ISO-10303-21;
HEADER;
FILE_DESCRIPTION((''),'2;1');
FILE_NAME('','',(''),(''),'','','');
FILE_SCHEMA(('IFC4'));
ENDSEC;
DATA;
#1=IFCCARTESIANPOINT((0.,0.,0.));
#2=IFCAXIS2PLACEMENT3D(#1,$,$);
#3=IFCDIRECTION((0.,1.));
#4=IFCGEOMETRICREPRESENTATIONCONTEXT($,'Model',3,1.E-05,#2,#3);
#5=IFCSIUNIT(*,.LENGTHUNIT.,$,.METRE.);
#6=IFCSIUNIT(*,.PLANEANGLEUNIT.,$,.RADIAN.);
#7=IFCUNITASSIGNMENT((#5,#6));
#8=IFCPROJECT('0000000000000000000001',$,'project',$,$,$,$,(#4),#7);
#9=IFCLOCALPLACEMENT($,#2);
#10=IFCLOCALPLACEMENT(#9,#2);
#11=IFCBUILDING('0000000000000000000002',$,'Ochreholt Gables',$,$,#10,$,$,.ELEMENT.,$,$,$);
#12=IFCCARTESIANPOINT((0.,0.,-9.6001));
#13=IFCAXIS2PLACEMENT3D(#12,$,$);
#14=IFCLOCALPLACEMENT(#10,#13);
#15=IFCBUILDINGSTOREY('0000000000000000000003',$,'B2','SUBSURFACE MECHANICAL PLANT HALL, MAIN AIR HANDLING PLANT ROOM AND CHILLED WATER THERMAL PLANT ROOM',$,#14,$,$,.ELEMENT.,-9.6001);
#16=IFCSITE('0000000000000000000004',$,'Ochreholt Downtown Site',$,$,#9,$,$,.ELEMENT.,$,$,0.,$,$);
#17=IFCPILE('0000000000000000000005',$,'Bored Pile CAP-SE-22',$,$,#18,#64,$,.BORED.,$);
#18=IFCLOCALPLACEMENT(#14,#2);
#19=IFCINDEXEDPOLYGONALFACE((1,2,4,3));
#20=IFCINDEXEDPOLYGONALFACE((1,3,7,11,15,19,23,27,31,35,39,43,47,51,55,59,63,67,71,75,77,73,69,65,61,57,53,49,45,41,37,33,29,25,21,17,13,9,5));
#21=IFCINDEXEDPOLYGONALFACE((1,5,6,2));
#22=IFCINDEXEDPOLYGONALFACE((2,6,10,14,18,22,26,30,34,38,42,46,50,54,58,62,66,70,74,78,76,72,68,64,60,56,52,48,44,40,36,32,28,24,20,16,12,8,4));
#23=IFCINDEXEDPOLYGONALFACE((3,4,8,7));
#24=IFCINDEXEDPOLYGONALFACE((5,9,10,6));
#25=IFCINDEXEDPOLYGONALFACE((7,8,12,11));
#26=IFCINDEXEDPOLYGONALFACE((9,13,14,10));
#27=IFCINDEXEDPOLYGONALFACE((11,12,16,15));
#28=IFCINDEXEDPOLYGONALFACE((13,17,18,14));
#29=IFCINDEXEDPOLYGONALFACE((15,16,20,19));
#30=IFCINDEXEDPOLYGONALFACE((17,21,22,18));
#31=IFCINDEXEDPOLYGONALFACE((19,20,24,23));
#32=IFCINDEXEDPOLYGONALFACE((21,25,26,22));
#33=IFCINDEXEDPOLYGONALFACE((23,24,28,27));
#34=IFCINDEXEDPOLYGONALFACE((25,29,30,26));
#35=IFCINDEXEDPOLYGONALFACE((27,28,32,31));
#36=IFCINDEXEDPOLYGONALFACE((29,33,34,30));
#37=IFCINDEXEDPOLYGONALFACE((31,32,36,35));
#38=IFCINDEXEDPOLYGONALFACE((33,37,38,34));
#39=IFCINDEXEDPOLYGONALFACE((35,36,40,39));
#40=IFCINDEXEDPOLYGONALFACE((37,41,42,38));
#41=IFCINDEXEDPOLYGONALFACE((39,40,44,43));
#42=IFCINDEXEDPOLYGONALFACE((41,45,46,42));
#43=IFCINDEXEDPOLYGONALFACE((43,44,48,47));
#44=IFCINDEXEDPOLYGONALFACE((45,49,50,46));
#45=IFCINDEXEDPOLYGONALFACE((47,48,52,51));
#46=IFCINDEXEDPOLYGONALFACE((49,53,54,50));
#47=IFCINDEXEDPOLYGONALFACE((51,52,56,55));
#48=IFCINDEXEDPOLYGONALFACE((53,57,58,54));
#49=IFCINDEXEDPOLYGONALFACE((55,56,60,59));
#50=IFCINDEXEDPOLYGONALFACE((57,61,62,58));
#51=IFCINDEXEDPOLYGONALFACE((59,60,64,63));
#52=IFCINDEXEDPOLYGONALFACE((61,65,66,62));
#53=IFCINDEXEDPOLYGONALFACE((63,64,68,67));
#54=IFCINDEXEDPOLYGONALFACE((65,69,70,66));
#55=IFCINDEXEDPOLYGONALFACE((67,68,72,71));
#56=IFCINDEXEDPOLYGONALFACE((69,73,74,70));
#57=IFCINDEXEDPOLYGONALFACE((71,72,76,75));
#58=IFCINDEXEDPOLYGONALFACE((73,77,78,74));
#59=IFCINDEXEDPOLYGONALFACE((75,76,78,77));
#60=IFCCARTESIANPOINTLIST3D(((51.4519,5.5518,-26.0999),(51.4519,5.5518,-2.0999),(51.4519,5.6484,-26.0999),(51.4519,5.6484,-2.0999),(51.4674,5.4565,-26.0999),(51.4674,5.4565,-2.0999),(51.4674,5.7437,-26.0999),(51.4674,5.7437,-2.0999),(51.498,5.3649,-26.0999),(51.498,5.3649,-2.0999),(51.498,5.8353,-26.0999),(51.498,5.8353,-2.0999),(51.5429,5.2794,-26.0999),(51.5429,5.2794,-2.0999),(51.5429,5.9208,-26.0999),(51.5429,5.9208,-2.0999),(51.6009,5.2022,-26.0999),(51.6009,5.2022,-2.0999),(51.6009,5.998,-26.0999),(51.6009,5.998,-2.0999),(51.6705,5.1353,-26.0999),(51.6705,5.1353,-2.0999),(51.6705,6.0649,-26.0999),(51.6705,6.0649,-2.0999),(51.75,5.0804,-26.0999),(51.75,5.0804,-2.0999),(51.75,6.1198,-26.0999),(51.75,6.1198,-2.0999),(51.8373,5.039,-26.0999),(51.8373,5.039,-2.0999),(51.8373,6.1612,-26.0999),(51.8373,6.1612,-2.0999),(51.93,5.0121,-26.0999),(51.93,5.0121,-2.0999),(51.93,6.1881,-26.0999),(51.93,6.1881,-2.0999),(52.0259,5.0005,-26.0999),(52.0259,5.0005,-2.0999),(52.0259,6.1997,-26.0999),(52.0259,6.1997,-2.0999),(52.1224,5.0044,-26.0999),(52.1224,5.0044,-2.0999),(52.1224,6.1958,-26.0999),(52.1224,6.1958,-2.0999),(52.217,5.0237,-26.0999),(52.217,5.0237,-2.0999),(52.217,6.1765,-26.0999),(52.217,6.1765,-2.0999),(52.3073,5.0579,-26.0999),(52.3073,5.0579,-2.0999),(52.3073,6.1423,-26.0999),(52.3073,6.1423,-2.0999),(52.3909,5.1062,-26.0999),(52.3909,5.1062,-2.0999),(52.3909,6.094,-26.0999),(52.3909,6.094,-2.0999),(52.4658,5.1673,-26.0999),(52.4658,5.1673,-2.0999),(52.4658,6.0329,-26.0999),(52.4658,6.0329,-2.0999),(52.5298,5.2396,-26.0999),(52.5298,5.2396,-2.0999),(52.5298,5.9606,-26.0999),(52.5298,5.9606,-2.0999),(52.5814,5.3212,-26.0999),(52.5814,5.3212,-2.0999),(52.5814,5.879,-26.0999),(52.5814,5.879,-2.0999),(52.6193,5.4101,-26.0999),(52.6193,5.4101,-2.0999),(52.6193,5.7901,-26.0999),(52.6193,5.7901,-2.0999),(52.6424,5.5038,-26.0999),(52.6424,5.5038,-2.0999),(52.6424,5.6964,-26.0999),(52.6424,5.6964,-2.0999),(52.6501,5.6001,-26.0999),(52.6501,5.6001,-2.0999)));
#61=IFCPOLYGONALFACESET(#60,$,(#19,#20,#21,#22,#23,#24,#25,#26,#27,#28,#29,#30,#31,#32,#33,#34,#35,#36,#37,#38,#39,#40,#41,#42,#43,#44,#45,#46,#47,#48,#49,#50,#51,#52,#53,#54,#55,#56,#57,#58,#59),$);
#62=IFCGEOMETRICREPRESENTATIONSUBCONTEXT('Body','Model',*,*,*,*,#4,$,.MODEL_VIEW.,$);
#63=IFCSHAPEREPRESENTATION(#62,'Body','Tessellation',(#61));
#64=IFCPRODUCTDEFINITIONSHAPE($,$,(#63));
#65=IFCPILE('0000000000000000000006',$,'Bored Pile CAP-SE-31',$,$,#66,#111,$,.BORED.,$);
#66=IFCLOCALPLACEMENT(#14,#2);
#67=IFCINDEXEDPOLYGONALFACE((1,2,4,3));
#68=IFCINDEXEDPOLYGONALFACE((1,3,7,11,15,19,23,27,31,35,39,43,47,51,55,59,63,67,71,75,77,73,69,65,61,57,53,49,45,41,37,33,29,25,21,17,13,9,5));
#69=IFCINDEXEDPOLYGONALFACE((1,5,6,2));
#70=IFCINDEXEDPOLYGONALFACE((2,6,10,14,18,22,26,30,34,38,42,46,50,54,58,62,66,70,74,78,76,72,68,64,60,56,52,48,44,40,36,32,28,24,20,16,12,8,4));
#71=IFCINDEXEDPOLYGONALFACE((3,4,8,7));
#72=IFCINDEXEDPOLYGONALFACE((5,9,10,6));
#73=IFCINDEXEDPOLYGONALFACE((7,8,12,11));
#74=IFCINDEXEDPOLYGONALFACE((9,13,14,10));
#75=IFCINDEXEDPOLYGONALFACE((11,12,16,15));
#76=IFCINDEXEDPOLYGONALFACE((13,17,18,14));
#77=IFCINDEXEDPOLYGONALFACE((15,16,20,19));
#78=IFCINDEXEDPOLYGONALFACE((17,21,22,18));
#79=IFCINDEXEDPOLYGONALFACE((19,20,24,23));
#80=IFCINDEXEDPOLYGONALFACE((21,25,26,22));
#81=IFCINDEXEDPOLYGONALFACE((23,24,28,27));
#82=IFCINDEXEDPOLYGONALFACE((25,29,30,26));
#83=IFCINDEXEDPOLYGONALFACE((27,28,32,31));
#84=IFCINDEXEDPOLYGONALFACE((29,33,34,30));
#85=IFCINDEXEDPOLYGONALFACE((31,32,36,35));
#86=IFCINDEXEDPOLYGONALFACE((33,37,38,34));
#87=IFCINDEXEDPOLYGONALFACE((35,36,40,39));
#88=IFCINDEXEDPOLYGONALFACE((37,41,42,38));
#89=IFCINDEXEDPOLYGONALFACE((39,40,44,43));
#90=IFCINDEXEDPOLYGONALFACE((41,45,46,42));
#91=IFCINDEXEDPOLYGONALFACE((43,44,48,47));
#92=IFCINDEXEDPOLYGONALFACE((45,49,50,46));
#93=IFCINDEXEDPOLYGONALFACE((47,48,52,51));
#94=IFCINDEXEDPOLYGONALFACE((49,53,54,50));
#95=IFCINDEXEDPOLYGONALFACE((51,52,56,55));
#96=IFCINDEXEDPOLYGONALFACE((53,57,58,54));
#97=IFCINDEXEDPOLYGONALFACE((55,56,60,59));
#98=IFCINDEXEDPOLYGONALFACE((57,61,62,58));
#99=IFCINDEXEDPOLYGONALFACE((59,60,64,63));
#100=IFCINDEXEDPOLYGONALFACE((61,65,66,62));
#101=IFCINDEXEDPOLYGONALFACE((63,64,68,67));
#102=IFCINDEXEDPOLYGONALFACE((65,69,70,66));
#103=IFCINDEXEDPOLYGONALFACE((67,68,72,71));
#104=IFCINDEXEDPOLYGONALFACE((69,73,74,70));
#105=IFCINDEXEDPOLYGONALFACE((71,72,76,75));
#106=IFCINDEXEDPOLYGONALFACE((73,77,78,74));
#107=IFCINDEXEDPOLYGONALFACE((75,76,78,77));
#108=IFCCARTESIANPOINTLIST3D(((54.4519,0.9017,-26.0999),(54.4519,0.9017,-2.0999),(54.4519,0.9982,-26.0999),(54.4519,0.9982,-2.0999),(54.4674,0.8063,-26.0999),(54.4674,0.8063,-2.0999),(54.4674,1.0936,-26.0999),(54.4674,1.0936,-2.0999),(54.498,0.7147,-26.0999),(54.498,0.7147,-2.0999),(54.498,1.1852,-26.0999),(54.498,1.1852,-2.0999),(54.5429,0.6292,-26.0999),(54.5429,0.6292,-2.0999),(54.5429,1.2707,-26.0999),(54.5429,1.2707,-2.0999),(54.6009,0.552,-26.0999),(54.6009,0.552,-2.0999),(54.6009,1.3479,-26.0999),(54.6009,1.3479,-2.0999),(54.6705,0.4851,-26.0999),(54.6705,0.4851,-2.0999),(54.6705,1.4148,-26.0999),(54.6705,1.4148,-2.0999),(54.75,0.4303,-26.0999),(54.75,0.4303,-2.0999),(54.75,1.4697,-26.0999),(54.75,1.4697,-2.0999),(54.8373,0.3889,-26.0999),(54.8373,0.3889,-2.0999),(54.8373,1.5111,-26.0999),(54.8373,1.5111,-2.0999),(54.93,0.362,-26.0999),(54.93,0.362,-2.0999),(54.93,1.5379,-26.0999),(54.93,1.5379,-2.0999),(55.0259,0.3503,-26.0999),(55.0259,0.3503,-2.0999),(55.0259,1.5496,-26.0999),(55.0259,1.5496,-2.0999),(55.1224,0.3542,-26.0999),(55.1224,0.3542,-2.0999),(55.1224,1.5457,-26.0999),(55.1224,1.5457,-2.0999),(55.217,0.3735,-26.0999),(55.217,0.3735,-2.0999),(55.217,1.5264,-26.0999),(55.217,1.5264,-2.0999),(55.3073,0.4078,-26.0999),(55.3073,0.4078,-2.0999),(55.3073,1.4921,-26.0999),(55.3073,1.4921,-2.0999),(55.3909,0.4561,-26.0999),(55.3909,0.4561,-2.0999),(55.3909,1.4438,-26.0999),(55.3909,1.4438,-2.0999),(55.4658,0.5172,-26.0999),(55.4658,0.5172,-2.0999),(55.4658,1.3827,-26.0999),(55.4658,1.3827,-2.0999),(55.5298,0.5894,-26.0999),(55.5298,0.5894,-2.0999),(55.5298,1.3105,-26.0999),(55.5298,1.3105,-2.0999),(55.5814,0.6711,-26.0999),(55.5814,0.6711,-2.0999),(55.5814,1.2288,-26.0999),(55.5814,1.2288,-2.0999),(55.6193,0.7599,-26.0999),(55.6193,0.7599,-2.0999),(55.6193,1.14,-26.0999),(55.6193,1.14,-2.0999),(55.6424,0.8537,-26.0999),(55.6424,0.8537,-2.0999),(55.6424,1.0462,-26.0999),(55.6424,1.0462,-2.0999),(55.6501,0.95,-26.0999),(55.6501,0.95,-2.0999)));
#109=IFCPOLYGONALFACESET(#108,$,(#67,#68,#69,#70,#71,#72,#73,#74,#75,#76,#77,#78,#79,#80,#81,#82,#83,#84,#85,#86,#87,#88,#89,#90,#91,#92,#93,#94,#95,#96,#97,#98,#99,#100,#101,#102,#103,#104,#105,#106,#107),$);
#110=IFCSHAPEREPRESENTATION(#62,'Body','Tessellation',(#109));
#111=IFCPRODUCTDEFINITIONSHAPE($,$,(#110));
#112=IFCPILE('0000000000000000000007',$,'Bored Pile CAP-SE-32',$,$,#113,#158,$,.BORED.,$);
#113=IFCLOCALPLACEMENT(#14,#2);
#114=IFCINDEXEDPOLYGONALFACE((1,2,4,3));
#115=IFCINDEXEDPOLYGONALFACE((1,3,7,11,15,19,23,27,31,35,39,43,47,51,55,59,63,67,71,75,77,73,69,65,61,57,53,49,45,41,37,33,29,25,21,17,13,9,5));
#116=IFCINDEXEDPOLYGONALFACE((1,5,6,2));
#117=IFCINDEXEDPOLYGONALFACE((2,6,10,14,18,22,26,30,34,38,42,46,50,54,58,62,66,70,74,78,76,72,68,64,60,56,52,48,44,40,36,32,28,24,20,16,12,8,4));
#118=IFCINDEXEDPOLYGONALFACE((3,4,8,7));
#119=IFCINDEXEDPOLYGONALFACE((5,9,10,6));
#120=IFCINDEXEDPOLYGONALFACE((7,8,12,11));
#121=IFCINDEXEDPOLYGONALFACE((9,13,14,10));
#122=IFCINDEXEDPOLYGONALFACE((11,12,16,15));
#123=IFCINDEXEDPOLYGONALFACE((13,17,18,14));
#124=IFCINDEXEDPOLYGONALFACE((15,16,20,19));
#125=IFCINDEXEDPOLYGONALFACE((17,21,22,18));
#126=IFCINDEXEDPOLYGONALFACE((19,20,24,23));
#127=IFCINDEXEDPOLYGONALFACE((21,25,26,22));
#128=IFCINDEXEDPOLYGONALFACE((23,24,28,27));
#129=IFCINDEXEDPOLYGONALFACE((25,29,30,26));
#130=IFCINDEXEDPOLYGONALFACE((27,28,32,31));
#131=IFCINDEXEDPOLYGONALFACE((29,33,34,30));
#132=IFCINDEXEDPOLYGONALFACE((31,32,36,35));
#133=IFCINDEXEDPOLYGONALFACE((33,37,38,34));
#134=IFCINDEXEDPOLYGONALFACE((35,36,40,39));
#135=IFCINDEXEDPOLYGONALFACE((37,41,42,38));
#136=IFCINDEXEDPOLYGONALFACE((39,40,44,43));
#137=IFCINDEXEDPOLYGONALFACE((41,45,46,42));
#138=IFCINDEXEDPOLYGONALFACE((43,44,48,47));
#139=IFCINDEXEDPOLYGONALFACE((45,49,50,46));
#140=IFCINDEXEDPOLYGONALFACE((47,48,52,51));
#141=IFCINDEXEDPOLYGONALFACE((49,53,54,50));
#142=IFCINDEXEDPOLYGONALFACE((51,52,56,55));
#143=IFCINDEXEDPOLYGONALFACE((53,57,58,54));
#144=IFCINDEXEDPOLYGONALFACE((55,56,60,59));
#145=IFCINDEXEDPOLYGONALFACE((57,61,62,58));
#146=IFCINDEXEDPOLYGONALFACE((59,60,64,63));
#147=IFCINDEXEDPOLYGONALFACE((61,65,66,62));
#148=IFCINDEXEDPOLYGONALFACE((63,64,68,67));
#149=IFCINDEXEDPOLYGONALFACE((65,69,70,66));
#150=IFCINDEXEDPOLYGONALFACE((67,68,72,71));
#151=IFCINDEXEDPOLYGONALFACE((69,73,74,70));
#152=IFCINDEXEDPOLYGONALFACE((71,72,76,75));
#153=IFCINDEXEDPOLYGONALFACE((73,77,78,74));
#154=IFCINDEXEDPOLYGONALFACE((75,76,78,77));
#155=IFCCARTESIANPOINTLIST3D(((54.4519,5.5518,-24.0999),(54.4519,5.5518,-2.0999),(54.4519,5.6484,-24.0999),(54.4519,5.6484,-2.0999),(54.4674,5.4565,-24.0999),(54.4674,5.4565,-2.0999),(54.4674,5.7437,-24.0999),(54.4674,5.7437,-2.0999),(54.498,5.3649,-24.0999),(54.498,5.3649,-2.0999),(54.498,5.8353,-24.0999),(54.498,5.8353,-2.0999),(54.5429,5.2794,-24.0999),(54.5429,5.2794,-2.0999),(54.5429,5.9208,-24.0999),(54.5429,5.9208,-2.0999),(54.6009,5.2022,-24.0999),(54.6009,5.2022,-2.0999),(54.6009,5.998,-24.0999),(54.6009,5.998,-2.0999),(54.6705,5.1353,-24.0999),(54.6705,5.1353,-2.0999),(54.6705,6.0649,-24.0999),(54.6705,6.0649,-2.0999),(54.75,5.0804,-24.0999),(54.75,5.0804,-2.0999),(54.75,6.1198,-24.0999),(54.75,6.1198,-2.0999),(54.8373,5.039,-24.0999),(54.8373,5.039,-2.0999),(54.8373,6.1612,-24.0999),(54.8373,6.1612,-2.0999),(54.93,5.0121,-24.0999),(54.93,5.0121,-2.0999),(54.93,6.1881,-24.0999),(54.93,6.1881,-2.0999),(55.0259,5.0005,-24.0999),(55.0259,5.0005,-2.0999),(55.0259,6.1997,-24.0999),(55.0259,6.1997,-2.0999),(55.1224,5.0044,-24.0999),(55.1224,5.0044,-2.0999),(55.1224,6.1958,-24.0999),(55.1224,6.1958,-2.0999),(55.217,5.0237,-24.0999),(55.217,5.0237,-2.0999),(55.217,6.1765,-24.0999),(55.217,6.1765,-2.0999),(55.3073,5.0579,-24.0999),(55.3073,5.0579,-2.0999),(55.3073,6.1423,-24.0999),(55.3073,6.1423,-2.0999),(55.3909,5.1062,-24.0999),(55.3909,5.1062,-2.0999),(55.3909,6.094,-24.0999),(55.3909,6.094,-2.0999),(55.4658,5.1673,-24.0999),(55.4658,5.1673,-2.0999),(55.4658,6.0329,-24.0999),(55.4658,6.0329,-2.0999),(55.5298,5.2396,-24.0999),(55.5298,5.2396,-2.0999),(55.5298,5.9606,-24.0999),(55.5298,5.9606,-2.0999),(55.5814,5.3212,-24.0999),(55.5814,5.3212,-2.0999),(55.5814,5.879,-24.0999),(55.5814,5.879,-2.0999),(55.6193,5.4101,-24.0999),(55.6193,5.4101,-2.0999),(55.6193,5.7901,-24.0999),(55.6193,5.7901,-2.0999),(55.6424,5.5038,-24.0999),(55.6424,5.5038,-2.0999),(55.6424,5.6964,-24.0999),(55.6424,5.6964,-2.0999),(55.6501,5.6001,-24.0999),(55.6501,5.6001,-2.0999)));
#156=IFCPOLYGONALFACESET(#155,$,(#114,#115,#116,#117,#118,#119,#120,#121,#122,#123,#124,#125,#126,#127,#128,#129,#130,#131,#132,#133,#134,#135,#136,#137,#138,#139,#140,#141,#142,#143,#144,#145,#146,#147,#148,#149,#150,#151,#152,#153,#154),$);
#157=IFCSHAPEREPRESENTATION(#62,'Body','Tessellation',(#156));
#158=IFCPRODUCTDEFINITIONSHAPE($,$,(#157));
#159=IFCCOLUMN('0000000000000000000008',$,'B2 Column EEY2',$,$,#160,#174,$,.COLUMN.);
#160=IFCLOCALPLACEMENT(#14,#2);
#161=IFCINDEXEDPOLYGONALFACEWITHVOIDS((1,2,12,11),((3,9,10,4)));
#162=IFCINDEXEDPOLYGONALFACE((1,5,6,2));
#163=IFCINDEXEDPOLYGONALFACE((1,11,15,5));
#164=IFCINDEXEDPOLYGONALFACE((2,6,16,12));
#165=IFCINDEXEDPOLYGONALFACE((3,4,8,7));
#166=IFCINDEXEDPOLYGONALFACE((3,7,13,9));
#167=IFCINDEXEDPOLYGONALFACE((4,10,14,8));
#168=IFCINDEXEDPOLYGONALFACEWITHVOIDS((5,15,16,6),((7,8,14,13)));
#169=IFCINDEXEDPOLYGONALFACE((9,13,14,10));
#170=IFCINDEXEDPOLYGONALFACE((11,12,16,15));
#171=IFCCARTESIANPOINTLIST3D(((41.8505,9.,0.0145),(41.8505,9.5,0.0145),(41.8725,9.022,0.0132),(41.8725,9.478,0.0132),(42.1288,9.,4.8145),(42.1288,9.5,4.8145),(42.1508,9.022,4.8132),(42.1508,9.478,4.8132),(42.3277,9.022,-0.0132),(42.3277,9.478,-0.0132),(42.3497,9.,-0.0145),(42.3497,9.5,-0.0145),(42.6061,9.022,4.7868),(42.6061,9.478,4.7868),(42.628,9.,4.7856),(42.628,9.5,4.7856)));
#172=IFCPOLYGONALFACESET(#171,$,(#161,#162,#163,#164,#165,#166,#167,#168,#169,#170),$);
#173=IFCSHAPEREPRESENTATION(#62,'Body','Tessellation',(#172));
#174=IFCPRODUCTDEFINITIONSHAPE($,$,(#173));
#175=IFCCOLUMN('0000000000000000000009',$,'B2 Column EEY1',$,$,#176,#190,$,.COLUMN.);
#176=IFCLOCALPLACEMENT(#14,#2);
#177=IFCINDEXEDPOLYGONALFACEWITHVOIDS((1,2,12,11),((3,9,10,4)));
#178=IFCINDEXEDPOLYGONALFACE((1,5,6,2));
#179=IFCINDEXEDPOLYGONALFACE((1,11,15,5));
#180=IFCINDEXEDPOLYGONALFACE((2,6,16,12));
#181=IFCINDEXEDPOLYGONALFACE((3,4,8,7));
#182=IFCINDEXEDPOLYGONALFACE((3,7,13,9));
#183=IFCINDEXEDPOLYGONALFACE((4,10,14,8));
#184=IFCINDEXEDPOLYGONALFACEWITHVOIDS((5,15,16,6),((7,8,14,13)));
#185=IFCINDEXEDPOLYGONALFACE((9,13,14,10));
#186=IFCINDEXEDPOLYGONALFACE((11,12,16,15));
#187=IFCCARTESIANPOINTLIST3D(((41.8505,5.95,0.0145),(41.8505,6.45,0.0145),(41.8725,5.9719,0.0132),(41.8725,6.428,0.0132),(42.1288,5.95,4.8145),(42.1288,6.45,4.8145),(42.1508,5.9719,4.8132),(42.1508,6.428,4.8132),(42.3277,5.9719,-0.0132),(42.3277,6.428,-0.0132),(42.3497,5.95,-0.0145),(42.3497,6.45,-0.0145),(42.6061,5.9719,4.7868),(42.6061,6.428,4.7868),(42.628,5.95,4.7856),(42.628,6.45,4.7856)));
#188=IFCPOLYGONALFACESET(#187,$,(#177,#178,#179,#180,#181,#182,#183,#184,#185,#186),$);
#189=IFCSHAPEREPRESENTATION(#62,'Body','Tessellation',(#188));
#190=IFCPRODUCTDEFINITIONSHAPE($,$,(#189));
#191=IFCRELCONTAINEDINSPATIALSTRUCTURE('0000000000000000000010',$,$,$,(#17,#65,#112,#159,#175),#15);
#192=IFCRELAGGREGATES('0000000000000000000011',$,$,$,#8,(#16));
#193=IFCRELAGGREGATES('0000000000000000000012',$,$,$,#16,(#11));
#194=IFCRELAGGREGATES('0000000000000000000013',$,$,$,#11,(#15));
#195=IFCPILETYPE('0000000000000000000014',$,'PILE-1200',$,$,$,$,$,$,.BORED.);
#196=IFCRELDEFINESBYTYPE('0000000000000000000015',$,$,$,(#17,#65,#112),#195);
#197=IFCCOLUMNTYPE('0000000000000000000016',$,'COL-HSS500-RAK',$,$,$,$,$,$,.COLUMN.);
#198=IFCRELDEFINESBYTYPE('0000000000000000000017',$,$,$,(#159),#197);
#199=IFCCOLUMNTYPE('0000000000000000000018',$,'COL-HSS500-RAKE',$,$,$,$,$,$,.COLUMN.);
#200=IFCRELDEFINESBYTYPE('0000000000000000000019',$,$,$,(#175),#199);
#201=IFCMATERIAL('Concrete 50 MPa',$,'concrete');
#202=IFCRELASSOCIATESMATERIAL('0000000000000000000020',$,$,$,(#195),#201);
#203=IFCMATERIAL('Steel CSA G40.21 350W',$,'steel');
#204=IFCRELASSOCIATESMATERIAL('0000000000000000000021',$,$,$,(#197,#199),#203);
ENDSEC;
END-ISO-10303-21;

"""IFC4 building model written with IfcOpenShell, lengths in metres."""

from ifc_helpers import new_model, si_unit, direction, frame, origin, origin_2d, place, context, subcontext, project, spatial, hollow_rectangle, circle, extrude, material, material_profile, profile_set, type_object, element, save


model = new_model("IFC4")

# Units and contexts
model_context = context("Model", 3, precision=1e-05, world=origin(), true_north=direction((0.0, 1.0)))
body_context = subcontext(model_context, "Body", "Model", "MODEL_VIEW")
ifc_project = project(units=[si_unit("LENGTHUNIT", "METRE"), si_unit("PLANEANGLEUNIT", "RADIAN")], contexts=[model_context])

# Site, building, storey
site_placement = place(None, origin())
site = spatial("IfcSite", under=ifc_project, at=site_placement, Name="Ochreholt Downtown Site", CompositionType="ELEMENT", RefElevation=0.0)
building_placement = place(site_placement, origin())
building = spatial("IfcBuilding", under=site, at=building_placement, Name="Ochreholt Gables", CompositionType="ELEMENT")
storey_placement = place(building_placement, frame((0.0, 0.0, -9.6001)))
storey = spatial("IfcBuildingStorey", under=building, at=storey_placement, Name="B2", Description="SUBSURFACE MECHANICAL PLANT HALL, MAIN AIR HANDLING PLANT ROOM AND CHILLED WATER THERMAL PLANT ROOM", CompositionType="ELEMENT", Elevation=-9.6001)

# Shared definitions
ifc_material_1 = material(Name="Concrete 50 MPa", Category="concrete")

# Piles
ifc_material_profile_1 = material_profile(ifc_material_1, circle(Radius=0.6001, at=origin_2d()), Name="PILE1200")
ifc_profile_set_1 = profile_set([ifc_material_profile_1], Name="Concrete 50 MPa")
pile_type = type_object("IfcPileType", Name="PILE-1200", PredefinedType="BORED", material=ifc_profile_set_1)
for number, where, z_axis, x_axis, name in (
    (1, (52.05, 5.6001, -2.0999), (0.0, 0.0, -1.0), (1.0, 0.0, 0.0), "Bored Pile CAP-SE-22"),
    (2, (55.05, 0.95, -2.0999), (0.0, 0.0, -1.0), (1.0, 0.0, 0.0), "Bored Pile CAP-SE-31"),
):
    element("IfcPile", number, at=place(storey_placement, frame(where, z_axis=z_axis, x_axis=x_axis)), inside=storey, type_object=pile_type, Name=name, PredefinedType="BORED", context=body_context, shape_type="SweptSolid", body=[
        extrude(circle(Radius=0.6001, at=origin_2d()), origin(), (0.0, 0.0, 1.0), 24.0),
    ])
pile_1_placement = place(storey_placement, frame((55.05, 5.6001, -2.0999), z_axis=(0.0, 0.0, -1.0), x_axis=(1.0, 0.0, 0.0)))
element("IfcPile", 3, at=pile_1_placement, inside=storey, type_object=pile_type, Name="Bored Pile CAP-SE-32", PredefinedType="BORED", context=body_context, shape_type="SweptSolid", body=[
    extrude(circle(Radius=0.6001, at=origin_2d()), origin(), (0.0, 0.0, 1.0), 22.0),
])

# Columns
ifc_material_2 = material(Name="Steel CSA G40.21 350W", Category="steel")
ifc_material_profile_2 = material_profile(ifc_material_2, hollow_rectangle(XDim=0.5, YDim=0.5, WallThickness=0.022, at=origin_2d()), Name="HSS500X500X22")
ifc_profile_set_2 = profile_set([ifc_material_profile_2], Name="Steel CSA G40.21 350W")
column_type_1 = type_object("IfcColumnType", Name="COL-HSS500-RAK", PredefinedType="COLUMN", material=ifc_profile_set_2)
column_1_placement = place(storey_placement, frame((42.1001, 9.25, 0.0), z_axis=(0.057886, 0.0, 0.998323), x_axis=(0.0, 1.0, 0.0)))
element("IfcColumn", 4, at=column_1_placement, inside=storey, type_object=column_type_1, Name="B2 Column EEY2", PredefinedType="COLUMN", context=body_context, shape_type="SweptSolid", body=[
    extrude(hollow_rectangle(XDim=0.5, YDim=0.5, WallThickness=0.022, at=origin_2d()), origin(), (0.0, 0.0, 1.0), 4.8081),
])
ifc_material_profile_3 = material_profile(ifc_material_2, hollow_rectangle(XDim=0.5, YDim=0.5, WallThickness=0.022, at=origin_2d()), Name="HSS500X500X22")
ifc_profile_set_3 = profile_set([ifc_material_profile_3], Name="Steel CSA G40.21 350W")
column_type_2 = type_object("IfcColumnType", Name="COL-HSS500-RAKE", PredefinedType="COLUMN", material=ifc_profile_set_3)
column_2_placement = place(storey_placement, frame((42.1001, 6.2, 0.0), z_axis=(0.057886, 0.0, 0.998323), x_axis=(0.0, 1.0, 0.0)))
element("IfcColumn", 5, at=column_2_placement, inside=storey, type_object=column_type_2, Name="B2 Column EEY1", PredefinedType="COLUMN", context=body_context, shape_type="SweptSolid", body=[
    extrude(hollow_rectangle(XDim=0.5, YDim=0.5, WallThickness=0.022, at=origin_2d()), origin(), (0.0, 0.0, 1.0), 4.8081),
])

save(model, "model.ifc")
